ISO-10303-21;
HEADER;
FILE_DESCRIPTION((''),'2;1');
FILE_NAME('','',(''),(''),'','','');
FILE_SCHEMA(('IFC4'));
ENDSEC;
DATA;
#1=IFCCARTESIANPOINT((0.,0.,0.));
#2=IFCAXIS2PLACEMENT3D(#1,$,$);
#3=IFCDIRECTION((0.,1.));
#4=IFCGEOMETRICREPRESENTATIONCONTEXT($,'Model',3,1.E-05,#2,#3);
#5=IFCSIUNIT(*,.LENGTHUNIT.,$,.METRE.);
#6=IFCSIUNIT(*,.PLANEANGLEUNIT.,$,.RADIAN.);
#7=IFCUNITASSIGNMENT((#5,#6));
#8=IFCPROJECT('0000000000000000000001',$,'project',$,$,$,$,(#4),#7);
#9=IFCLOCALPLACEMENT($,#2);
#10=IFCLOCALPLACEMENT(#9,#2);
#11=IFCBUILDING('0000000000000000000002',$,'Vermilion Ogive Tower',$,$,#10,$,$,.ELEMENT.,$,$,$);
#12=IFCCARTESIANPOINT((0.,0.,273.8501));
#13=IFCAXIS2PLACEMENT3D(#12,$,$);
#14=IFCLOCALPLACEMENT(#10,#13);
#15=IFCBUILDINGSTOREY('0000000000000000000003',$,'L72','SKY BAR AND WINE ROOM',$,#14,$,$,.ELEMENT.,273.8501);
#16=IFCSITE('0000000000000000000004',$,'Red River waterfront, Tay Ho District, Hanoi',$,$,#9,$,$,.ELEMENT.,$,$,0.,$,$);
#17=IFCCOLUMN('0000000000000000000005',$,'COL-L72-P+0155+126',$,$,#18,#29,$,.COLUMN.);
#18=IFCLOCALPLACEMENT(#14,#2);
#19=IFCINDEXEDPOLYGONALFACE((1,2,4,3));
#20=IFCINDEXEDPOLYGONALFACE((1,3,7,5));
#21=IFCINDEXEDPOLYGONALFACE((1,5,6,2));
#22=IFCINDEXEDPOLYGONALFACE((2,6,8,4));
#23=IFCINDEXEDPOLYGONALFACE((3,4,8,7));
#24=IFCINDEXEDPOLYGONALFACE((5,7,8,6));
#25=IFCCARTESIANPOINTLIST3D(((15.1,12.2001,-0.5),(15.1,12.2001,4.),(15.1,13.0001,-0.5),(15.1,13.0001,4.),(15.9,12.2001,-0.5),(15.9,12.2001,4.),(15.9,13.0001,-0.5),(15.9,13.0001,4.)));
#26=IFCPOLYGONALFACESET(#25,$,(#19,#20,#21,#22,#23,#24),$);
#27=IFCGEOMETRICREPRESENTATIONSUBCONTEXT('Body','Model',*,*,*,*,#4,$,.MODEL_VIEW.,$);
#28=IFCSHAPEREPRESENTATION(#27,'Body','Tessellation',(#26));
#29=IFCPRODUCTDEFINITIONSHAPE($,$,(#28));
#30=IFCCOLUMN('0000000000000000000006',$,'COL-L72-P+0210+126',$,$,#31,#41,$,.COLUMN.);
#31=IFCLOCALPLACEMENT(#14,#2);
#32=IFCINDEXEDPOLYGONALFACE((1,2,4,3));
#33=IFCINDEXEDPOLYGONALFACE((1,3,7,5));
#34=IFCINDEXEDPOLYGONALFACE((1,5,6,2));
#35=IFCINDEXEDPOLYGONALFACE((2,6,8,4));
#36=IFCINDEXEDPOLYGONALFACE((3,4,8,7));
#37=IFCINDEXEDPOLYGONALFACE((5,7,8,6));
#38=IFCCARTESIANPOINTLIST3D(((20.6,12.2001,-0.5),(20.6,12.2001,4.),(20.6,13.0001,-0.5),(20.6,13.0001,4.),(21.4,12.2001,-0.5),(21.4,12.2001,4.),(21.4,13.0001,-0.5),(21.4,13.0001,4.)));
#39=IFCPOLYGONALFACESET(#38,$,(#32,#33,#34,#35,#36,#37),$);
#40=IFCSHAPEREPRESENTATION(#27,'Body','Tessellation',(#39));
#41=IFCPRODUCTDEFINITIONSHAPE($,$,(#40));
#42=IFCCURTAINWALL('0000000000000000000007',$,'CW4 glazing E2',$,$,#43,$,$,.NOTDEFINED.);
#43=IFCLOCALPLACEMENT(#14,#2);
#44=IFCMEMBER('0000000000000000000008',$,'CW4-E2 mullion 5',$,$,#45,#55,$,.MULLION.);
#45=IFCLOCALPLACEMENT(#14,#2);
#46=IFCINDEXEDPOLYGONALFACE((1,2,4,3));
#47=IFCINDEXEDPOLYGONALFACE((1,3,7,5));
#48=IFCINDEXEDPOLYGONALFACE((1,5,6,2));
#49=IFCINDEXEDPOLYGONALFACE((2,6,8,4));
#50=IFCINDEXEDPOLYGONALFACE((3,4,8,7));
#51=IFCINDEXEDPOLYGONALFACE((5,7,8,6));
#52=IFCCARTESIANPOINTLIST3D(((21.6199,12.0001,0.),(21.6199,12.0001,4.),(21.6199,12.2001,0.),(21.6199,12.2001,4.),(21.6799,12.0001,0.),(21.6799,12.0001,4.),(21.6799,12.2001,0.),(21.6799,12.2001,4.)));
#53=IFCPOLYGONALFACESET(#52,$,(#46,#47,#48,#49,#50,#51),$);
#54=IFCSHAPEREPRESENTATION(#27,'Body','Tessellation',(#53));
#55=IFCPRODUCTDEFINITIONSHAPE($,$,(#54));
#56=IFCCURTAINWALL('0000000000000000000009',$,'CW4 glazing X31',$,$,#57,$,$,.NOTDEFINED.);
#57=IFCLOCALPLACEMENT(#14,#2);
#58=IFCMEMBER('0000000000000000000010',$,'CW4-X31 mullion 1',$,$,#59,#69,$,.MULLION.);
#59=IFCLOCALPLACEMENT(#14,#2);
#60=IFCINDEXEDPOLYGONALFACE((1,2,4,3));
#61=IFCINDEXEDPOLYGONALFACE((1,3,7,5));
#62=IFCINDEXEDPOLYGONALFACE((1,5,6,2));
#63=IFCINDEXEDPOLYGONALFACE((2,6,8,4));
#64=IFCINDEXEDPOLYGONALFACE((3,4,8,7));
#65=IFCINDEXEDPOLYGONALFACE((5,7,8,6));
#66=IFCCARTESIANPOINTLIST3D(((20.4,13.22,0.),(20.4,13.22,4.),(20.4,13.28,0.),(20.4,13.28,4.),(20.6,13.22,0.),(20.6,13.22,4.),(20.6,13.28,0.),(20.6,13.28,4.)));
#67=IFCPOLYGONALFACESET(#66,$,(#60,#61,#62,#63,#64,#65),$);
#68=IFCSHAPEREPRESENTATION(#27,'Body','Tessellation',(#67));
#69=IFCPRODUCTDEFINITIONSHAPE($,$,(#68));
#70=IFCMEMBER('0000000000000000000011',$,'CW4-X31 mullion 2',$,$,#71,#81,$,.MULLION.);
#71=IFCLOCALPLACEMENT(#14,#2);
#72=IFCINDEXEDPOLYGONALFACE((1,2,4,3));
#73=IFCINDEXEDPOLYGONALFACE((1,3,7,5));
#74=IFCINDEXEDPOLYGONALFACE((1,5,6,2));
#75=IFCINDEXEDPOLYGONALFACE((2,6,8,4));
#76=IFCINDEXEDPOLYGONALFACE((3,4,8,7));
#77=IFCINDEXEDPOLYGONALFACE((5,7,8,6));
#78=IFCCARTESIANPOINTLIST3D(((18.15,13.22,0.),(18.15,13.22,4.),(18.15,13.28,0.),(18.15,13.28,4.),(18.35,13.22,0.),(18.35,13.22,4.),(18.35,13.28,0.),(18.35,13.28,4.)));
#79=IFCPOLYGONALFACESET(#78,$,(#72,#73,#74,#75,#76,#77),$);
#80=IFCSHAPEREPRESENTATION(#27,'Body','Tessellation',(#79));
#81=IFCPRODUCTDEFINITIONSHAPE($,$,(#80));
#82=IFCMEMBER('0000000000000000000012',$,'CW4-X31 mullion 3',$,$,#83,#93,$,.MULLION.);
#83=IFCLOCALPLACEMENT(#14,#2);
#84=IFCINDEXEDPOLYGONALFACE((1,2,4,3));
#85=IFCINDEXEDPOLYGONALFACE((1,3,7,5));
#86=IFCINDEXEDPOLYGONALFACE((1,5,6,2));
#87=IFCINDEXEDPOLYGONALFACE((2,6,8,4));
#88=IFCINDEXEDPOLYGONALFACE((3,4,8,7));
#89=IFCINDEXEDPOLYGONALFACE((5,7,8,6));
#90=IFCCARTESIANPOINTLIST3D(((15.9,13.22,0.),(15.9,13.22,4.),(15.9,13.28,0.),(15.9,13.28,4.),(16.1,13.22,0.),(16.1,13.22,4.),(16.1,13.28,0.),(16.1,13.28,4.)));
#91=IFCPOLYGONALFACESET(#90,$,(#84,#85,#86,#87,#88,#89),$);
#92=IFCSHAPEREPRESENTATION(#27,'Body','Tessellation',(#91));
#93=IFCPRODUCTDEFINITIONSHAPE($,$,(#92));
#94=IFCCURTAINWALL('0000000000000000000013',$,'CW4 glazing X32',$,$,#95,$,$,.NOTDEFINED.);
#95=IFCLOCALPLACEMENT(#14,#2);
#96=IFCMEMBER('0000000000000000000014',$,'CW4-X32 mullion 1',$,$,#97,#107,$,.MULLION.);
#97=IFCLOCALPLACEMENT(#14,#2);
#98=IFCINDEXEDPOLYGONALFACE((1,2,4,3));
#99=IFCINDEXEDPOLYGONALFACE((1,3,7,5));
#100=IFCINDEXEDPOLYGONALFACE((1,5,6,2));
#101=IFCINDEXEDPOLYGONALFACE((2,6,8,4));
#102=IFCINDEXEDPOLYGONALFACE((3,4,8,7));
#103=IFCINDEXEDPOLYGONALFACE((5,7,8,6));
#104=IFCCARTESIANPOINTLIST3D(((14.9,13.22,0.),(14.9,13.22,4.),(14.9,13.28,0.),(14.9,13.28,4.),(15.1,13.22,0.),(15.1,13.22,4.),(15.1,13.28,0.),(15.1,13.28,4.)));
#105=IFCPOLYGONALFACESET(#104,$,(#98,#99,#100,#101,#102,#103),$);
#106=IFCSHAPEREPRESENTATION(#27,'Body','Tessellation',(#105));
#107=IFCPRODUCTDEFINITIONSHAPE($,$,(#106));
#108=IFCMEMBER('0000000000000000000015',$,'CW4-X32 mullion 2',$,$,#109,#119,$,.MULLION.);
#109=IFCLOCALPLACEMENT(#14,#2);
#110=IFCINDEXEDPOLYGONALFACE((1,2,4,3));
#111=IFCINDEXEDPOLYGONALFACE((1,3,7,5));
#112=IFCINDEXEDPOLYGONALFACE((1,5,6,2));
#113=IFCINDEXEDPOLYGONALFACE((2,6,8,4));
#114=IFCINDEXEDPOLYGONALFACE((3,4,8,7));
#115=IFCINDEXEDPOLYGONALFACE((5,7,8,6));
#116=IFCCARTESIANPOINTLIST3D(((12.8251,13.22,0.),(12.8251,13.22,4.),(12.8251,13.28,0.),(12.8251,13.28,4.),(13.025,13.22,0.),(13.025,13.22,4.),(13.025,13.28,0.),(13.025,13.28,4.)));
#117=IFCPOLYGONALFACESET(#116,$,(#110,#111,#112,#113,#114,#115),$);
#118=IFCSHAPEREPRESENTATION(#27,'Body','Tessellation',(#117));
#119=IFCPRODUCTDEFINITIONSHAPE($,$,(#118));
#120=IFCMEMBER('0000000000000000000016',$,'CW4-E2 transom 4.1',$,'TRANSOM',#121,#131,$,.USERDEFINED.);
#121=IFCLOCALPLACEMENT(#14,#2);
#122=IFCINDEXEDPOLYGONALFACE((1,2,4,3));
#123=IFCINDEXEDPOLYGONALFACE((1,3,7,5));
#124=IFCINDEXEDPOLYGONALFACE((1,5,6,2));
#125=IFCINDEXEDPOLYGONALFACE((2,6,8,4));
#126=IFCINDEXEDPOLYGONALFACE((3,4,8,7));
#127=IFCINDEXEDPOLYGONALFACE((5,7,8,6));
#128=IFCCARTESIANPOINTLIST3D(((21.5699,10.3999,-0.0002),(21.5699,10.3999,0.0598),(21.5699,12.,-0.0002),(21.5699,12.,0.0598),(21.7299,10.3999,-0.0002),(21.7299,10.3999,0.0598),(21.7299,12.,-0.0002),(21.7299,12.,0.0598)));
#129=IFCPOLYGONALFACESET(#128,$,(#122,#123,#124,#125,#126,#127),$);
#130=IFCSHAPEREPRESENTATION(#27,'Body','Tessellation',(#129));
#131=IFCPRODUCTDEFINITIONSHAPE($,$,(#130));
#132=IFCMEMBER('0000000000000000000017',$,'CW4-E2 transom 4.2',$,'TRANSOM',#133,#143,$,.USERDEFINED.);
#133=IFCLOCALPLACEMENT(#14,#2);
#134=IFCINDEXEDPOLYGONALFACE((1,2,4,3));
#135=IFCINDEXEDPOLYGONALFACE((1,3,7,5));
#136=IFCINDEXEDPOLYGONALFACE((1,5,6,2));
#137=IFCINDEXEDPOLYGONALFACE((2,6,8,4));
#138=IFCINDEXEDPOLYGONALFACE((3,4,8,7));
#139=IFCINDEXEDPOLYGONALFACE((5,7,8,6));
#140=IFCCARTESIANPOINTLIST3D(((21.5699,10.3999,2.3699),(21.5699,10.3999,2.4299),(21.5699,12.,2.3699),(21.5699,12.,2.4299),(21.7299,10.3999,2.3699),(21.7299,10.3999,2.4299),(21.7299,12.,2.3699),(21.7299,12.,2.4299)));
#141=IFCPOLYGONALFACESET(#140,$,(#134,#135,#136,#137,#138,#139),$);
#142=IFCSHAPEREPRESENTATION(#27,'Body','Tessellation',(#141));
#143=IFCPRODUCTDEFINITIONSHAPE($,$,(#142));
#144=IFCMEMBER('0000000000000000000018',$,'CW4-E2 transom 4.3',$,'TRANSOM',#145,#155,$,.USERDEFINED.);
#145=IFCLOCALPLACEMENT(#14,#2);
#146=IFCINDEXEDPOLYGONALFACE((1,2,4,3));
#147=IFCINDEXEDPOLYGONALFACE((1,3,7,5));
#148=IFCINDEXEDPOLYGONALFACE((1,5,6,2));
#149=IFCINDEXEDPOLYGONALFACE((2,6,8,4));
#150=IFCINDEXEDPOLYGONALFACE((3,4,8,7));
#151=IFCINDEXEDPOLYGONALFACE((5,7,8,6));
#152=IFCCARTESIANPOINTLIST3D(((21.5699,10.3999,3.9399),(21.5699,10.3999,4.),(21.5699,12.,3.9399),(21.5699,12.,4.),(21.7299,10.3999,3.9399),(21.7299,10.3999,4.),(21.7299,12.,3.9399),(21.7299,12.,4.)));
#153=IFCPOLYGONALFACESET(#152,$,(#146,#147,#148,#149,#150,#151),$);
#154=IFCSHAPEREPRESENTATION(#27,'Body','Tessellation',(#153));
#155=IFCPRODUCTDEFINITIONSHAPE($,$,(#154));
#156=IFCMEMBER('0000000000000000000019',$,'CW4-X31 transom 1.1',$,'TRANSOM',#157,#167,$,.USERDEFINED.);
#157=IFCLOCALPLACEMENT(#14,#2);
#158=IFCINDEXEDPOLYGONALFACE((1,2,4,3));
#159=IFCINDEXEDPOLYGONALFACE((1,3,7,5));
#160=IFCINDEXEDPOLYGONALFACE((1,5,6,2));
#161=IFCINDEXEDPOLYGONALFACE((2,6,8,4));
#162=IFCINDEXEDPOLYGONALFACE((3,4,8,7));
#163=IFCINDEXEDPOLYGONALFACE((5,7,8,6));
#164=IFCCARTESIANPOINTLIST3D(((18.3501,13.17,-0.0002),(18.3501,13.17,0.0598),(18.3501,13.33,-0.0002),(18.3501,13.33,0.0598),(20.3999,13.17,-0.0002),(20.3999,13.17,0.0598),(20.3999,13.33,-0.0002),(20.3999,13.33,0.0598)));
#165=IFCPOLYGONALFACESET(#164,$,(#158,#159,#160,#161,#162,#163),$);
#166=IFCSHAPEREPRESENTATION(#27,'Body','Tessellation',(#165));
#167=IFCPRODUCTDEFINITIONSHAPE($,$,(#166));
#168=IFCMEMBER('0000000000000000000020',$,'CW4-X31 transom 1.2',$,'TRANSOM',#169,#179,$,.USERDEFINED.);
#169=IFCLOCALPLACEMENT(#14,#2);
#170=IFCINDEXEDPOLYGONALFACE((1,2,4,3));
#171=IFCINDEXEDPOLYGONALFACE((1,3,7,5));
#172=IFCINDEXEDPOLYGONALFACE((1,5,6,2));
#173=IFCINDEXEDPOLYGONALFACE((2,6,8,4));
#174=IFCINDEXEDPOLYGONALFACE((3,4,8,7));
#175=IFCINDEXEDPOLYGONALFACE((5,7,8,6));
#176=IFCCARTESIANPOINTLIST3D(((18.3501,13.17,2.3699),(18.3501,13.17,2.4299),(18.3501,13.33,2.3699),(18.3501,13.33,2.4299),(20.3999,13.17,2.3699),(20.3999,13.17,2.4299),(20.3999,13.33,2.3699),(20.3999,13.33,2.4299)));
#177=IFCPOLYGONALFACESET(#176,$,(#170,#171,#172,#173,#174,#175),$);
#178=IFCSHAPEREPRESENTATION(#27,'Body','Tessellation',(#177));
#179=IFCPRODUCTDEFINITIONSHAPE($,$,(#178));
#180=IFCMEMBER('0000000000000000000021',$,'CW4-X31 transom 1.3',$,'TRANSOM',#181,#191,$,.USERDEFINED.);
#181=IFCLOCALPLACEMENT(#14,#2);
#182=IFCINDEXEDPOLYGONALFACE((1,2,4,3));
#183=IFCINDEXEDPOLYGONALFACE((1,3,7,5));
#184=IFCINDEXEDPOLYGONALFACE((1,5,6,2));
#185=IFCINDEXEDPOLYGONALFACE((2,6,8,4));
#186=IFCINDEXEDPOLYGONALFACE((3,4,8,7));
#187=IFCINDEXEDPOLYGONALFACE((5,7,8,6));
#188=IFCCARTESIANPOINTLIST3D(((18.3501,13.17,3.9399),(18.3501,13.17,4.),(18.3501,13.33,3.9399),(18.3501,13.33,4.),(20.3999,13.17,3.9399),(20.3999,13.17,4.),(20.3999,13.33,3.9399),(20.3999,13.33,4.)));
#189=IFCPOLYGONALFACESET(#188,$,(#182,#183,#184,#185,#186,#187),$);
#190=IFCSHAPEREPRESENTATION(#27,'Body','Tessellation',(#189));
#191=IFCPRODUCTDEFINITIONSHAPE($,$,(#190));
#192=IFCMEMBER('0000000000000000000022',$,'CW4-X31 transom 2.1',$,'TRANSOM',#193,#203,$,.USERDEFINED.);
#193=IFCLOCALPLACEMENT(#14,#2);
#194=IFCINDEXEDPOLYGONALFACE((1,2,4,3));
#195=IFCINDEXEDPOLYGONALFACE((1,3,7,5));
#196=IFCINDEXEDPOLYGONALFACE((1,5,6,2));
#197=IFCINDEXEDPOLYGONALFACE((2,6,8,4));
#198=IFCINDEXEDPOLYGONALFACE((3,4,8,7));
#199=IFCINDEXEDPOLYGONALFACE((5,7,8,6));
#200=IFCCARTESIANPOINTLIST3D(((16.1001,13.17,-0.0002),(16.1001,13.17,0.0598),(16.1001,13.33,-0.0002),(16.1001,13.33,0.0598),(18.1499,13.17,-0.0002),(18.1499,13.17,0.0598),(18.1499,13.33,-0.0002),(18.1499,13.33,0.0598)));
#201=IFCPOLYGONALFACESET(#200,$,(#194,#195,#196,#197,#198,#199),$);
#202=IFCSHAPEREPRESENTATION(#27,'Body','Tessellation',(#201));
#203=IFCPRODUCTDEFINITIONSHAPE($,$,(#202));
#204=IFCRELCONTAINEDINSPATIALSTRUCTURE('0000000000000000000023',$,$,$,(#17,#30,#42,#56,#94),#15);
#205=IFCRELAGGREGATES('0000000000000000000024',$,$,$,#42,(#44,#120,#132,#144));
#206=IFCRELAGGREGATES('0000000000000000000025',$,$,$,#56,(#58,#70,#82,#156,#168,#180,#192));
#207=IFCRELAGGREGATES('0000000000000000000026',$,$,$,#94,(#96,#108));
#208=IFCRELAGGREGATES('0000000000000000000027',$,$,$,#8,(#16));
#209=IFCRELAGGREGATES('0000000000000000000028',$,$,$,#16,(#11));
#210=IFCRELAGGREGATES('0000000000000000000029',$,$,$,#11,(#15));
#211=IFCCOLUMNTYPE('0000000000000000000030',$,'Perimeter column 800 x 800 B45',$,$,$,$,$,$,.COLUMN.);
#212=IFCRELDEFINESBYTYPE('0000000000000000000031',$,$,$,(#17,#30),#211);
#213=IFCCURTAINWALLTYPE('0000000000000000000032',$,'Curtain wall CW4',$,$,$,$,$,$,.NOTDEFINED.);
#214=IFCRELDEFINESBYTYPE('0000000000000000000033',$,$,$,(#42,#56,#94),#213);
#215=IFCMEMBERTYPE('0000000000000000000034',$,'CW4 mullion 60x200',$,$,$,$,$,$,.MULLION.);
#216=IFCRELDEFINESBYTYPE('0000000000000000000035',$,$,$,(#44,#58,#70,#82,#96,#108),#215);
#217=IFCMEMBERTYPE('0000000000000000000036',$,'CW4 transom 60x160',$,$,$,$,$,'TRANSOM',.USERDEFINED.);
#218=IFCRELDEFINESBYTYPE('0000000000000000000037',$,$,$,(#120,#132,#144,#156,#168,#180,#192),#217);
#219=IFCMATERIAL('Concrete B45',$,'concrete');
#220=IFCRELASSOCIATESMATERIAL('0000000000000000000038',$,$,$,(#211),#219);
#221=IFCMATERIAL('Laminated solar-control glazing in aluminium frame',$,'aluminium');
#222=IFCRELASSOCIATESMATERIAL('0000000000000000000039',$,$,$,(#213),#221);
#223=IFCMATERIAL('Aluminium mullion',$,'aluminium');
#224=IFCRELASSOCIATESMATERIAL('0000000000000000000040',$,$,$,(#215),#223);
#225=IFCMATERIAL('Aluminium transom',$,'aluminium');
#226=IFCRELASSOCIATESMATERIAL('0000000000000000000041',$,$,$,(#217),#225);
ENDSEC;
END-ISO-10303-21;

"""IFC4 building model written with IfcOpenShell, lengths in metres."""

from ifc_helpers import new_model, si_unit, direction, frame, origin, origin_2d, place, context, subcontext, project, spatial, rectangle, extrude, material, material_profile, profile_set, type_object, element, aggregate, save


model = new_model("IFC4")

# Units and contexts
model_context = context("Model", 3, precision=1e-05, world=origin(), true_north=direction((0.0, 1.0)))
body_context = subcontext(model_context, "Body", "Model", "MODEL_VIEW")
ifc_project = project(units=[si_unit("LENGTHUNIT", "METRE"), si_unit("PLANEANGLEUNIT", "RADIAN")], contexts=[model_context])

# Site, building, storey
site_placement = place(None, origin())
site = spatial("IfcSite", under=ifc_project, at=site_placement, Name="Red River waterfront, Tay Ho District, Hanoi", CompositionType="ELEMENT", RefElevation=0.0)
building_placement = place(site_placement, origin())
building = spatial("IfcBuilding", under=site, at=building_placement, Name="Vermilion Ogive Tower", CompositionType="ELEMENT")
storey_placement = place(building_placement, frame((0.0, 0.0, 273.8501)))
storey = spatial("IfcBuildingStorey", under=building, at=storey_placement, Name="L72", Description="SKY BAR AND WINE ROOM", CompositionType="ELEMENT", Elevation=273.8501)

# Columns
ifc_material_1 = material(Name="Concrete B45", Category="concrete")
ifc_material_profile_1 = material_profile(ifc_material_1, rectangle(XDim=0.8, YDim=0.8, at=origin_2d()), Name="800 x 800")
ifc_profile_set_1 = profile_set([ifc_material_profile_1], Name="Concrete B45")
column_type = type_object("IfcColumnType", Name="Perimeter column 800 x 800 B45", PredefinedType="COLUMN", material=ifc_profile_set_1)
for number, where, z_axis, x_axis, name in (
    (1, (15.5, 12.6001, -0.5), (0.0, 0.0, 1.0), (1.0, 0.0, 0.0), "COL-L72-P+0155+126"),
    (2, (21.0, 12.6001, -0.5), (0.0, 0.0, 1.0), (1.0, 0.0, 0.0), "COL-L72-P+0210+126"),
):
    element("IfcColumn", number, at=place(storey_placement, frame(where, z_axis=z_axis, x_axis=x_axis)), inside=storey, type_object=column_type, Name=name, PredefinedType="COLUMN", context=body_context, shape_type="SweptSolid", body=[
        extrude(rectangle(XDim=0.8, YDim=0.8, at=origin_2d()), origin(), (0.0, 0.0, 1.0), 4.5),
    ])

# Curtain wall, member
ifc_material_2 = material(Name="Laminated solar-control glazing in aluminium frame", Category="aluminium")
curtain_wall_type = type_object("IfcCurtainWallType", Name="Curtain wall CW4", PredefinedType="NOTDEFINED", material=ifc_material_2)
curtain_wall_1_placement = place(storey_placement, origin())
curtain_wall_1 = element("IfcCurtainWall", 3, at=curtain_wall_1_placement, inside=storey, type_object=curtain_wall_type, Name="CW4 glazing E2", PredefinedType="NOTDEFINED")
ifc_material_3 = material(Name="Aluminium mullion", Category="aluminium")
ifc_material_profile_2 = material_profile(ifc_material_3, rectangle(XDim=0.0601, YDim=0.2, at=origin_2d()), Name="AL 60x200")
ifc_profile_set_2 = profile_set([ifc_material_profile_2], Name="Aluminium mullion")
member_type_1 = type_object("IfcMemberType", Name="CW4 mullion 60x200", PredefinedType="MULLION", material=ifc_profile_set_2)
member_1_placement = place(storey_placement, frame((21.6499, 12.1001, 0.0), z_axis=(0.0, 0.0, 1.0), x_axis=(-1.0, 0.0, 0.0)))
member_1 = element("IfcMember", 4, at=member_1_placement, type_object=member_type_1, Name="CW4-E2 mullion 5", PredefinedType="MULLION", context=body_context, shape_type="SweptSolid", body=[
    extrude(rectangle(XDim=0.0601, YDim=0.2, at=origin_2d()), origin(), (0.0, 0.0, 1.0), 4.0),
])

# Curtain walls, members
curtain_wall_2_placement = place(storey_placement, origin())
curtain_wall_2 = element("IfcCurtainWall", 5, at=curtain_wall_2_placement, inside=storey, type_object=curtain_wall_type, Name="CW4 glazing X31", PredefinedType="NOTDEFINED")
member_2_placement = place(storey_placement, frame((20.5, 13.25, 0.0), z_axis=(0.0, 0.0, 1.0), x_axis=(0.0, -1.0, 0.0)))
member_2 = element("IfcMember", 6, at=member_2_placement, type_object=member_type_1, Name="CW4-X31 mullion 1", PredefinedType="MULLION", context=body_context, shape_type="SweptSolid", body=[
    extrude(rectangle(XDim=0.0601, YDim=0.2, at=origin_2d()), origin(), (0.0, 0.0, 1.0), 4.0),
])
member_3_placement = place(storey_placement, frame((18.25, 13.25, 0.0), z_axis=(0.0, 0.0, 1.0), x_axis=(0.0, -1.0, 0.0)))
member_3 = element("IfcMember", 7, at=member_3_placement, type_object=member_type_1, Name="CW4-X31 mullion 2", PredefinedType="MULLION", context=body_context, shape_type="SweptSolid", body=[
    extrude(rectangle(XDim=0.0601, YDim=0.2, at=origin_2d()), origin(), (0.0, 0.0, 1.0), 4.0),
])
member_4_placement = place(storey_placement, frame((16.0, 13.25, 0.0), z_axis=(0.0, 0.0, 1.0), x_axis=(0.0, -1.0, 0.0)))
member_4 = element("IfcMember", 8, at=member_4_placement, type_object=member_type_1, Name="CW4-X31 mullion 3", PredefinedType="MULLION", context=body_context, shape_type="SweptSolid", body=[
    extrude(rectangle(XDim=0.0601, YDim=0.2, at=origin_2d()), origin(), (0.0, 0.0, 1.0), 4.0),
])
curtain_wall_3_placement = place(storey_placement, origin())
curtain_wall_3 = element("IfcCurtainWall", 9, at=curtain_wall_3_placement, inside=storey, type_object=curtain_wall_type, Name="CW4 glazing X32", PredefinedType="NOTDEFINED")
member_5_placement = place(storey_placement, frame((15.0, 13.25, 0.0), z_axis=(0.0, 0.0, 1.0), x_axis=(0.0, -1.0, 0.0)))
member_5 = element("IfcMember", 10, at=member_5_placement, type_object=member_type_1, Name="CW4-X32 mullion 1", PredefinedType="MULLION", context=body_context, shape_type="SweptSolid", body=[
    extrude(rectangle(XDim=0.0601, YDim=0.2, at=origin_2d()), origin(), (0.0, 0.0, 1.0), 4.0),
])
member_6_placement = place(storey_placement, frame((12.925, 13.25, 0.0), z_axis=(0.0, 0.0, 1.0), x_axis=(0.0, -1.0, 0.0)))
member_6 = element("IfcMember", 11, at=member_6_placement, type_object=member_type_1, Name="CW4-X32 mullion 2", PredefinedType="MULLION", context=body_context, shape_type="SweptSolid", body=[
    extrude(rectangle(XDim=0.0601, YDim=0.2, at=origin_2d()), origin(), (0.0, 0.0, 1.0), 4.0),
])

# Members
ifc_material_4 = material(Name="Aluminium transom", Category="aluminium")
ifc_material_profile_3 = material_profile(ifc_material_4, rectangle(XDim=0.1599, YDim=0.0601, at=origin_2d()), Name="AL 60x160")
ifc_profile_set_3 = profile_set([ifc_material_profile_3], Name="Aluminium transom")
member_type_2 = type_object("IfcMemberType", Name="CW4 transom 60x160", ElementType="TRANSOM", PredefinedType="USERDEFINED", material=ifc_profile_set_3)
member_7_placement = place(storey_placement, frame((21.6499, 10.3999, 0.0298), z_axis=(0.0, 1.0, 0.0), x_axis=(-1.0, 0.0, 0.0)))
member_7 = element("IfcMember", 12, at=member_7_placement, type_object=member_type_2, Name="CW4-E2 transom 4.1", ObjectType="TRANSOM", PredefinedType="USERDEFINED", context=body_context, shape_type="SweptSolid", body=[
    extrude(rectangle(XDim=0.1599, YDim=0.0601, at=origin_2d()), origin(), (0.0, 0.0, 1.0), 1.6001),
])
member_8_placement = place(storey_placement, frame((21.6499, 10.3999, 2.3999), z_axis=(0.0, 1.0, 0.0), x_axis=(-1.0, 0.0, 0.0)))
member_8 = element("IfcMember", 13, at=member_8_placement, type_object=member_type_2, Name="CW4-E2 transom 4.2", ObjectType="TRANSOM", PredefinedType="USERDEFINED", context=body_context, shape_type="SweptSolid", body=[
    extrude(rectangle(XDim=0.1599, YDim=0.0601, at=origin_2d()), origin(), (0.0, 0.0, 1.0), 1.6001),
])
member_9_placement = place(storey_placement, frame((21.6499, 10.3999, 3.97), z_axis=(0.0, 1.0, 0.0), x_axis=(-1.0, 0.0, 0.0)))
member_9 = element("IfcMember", 14, at=member_9_placement, type_object=member_type_2, Name="CW4-E2 transom 4.3", ObjectType="TRANSOM", PredefinedType="USERDEFINED", context=body_context, shape_type="SweptSolid", body=[
    extrude(rectangle(XDim=0.1599, YDim=0.0601, at=origin_2d()), origin(), (0.0, 0.0, 1.0), 1.6001),
])
member_10_placement = place(storey_placement, frame((20.3999, 13.25, 0.0298), z_axis=(-1.0, 0.0, 0.0), x_axis=(0.0, -1.0, 0.0)))
member_10 = element("IfcMember", 15, at=member_10_placement, type_object=member_type_2, Name="CW4-X31 transom 1.1", ObjectType="TRANSOM", PredefinedType="USERDEFINED", context=body_context, shape_type="SweptSolid", body=[
    extrude(rectangle(XDim=0.1599, YDim=0.0601, at=origin_2d()), origin(), (0.0, 0.0, 1.0), 2.0498),
])
member_11_placement = place(storey_placement, frame((20.3999, 13.25, 2.3999), z_axis=(-1.0, 0.0, 0.0), x_axis=(0.0, -1.0, 0.0)))
member_11 = element("IfcMember", 16, at=member_11_placement, type_object=member_type_2, Name="CW4-X31 transom 1.2", ObjectType="TRANSOM", PredefinedType="USERDEFINED", context=body_context, shape_type="SweptSolid", body=[
    extrude(rectangle(XDim=0.1599, YDim=0.0601, at=origin_2d()), origin(), (0.0, 0.0, 1.0), 2.0498),
])
member_12_placement = place(storey_placement, frame((20.3999, 13.25, 3.97), z_axis=(-1.0, 0.0, 0.0), x_axis=(0.0, -1.0, 0.0)))
member_12 = element("IfcMember", 17, at=member_12_placement, type_object=member_type_2, Name="CW4-X31 transom 1.3", ObjectType="TRANSOM", PredefinedType="USERDEFINED", context=body_context, shape_type="SweptSolid", body=[
    extrude(rectangle(XDim=0.1599, YDim=0.0601, at=origin_2d()), origin(), (0.0, 0.0, 1.0), 2.0498),
])
member_13_placement = place(storey_placement, frame((18.1499, 13.25, 0.0298), z_axis=(-1.0, 0.0, 0.0), x_axis=(0.0, -1.0, 0.0)))
member_13 = element("IfcMember", 18, at=member_13_placement, type_object=member_type_2, Name="CW4-X31 transom 2.1", ObjectType="TRANSOM", PredefinedType="USERDEFINED", context=body_context, shape_type="SweptSolid", body=[
    extrude(rectangle(XDim=0.1599, YDim=0.0601, at=origin_2d()), origin(), (0.0, 0.0, 1.0), 2.0498),
])

aggregate(curtain_wall_1, [member_1, member_7, member_8, member_9])
aggregate(curtain_wall_2, [member_2, member_3, member_4, member_10, member_11, member_12, member_13])
aggregate(curtain_wall_3, [member_5, member_6])

save(model, "model.ifc")
